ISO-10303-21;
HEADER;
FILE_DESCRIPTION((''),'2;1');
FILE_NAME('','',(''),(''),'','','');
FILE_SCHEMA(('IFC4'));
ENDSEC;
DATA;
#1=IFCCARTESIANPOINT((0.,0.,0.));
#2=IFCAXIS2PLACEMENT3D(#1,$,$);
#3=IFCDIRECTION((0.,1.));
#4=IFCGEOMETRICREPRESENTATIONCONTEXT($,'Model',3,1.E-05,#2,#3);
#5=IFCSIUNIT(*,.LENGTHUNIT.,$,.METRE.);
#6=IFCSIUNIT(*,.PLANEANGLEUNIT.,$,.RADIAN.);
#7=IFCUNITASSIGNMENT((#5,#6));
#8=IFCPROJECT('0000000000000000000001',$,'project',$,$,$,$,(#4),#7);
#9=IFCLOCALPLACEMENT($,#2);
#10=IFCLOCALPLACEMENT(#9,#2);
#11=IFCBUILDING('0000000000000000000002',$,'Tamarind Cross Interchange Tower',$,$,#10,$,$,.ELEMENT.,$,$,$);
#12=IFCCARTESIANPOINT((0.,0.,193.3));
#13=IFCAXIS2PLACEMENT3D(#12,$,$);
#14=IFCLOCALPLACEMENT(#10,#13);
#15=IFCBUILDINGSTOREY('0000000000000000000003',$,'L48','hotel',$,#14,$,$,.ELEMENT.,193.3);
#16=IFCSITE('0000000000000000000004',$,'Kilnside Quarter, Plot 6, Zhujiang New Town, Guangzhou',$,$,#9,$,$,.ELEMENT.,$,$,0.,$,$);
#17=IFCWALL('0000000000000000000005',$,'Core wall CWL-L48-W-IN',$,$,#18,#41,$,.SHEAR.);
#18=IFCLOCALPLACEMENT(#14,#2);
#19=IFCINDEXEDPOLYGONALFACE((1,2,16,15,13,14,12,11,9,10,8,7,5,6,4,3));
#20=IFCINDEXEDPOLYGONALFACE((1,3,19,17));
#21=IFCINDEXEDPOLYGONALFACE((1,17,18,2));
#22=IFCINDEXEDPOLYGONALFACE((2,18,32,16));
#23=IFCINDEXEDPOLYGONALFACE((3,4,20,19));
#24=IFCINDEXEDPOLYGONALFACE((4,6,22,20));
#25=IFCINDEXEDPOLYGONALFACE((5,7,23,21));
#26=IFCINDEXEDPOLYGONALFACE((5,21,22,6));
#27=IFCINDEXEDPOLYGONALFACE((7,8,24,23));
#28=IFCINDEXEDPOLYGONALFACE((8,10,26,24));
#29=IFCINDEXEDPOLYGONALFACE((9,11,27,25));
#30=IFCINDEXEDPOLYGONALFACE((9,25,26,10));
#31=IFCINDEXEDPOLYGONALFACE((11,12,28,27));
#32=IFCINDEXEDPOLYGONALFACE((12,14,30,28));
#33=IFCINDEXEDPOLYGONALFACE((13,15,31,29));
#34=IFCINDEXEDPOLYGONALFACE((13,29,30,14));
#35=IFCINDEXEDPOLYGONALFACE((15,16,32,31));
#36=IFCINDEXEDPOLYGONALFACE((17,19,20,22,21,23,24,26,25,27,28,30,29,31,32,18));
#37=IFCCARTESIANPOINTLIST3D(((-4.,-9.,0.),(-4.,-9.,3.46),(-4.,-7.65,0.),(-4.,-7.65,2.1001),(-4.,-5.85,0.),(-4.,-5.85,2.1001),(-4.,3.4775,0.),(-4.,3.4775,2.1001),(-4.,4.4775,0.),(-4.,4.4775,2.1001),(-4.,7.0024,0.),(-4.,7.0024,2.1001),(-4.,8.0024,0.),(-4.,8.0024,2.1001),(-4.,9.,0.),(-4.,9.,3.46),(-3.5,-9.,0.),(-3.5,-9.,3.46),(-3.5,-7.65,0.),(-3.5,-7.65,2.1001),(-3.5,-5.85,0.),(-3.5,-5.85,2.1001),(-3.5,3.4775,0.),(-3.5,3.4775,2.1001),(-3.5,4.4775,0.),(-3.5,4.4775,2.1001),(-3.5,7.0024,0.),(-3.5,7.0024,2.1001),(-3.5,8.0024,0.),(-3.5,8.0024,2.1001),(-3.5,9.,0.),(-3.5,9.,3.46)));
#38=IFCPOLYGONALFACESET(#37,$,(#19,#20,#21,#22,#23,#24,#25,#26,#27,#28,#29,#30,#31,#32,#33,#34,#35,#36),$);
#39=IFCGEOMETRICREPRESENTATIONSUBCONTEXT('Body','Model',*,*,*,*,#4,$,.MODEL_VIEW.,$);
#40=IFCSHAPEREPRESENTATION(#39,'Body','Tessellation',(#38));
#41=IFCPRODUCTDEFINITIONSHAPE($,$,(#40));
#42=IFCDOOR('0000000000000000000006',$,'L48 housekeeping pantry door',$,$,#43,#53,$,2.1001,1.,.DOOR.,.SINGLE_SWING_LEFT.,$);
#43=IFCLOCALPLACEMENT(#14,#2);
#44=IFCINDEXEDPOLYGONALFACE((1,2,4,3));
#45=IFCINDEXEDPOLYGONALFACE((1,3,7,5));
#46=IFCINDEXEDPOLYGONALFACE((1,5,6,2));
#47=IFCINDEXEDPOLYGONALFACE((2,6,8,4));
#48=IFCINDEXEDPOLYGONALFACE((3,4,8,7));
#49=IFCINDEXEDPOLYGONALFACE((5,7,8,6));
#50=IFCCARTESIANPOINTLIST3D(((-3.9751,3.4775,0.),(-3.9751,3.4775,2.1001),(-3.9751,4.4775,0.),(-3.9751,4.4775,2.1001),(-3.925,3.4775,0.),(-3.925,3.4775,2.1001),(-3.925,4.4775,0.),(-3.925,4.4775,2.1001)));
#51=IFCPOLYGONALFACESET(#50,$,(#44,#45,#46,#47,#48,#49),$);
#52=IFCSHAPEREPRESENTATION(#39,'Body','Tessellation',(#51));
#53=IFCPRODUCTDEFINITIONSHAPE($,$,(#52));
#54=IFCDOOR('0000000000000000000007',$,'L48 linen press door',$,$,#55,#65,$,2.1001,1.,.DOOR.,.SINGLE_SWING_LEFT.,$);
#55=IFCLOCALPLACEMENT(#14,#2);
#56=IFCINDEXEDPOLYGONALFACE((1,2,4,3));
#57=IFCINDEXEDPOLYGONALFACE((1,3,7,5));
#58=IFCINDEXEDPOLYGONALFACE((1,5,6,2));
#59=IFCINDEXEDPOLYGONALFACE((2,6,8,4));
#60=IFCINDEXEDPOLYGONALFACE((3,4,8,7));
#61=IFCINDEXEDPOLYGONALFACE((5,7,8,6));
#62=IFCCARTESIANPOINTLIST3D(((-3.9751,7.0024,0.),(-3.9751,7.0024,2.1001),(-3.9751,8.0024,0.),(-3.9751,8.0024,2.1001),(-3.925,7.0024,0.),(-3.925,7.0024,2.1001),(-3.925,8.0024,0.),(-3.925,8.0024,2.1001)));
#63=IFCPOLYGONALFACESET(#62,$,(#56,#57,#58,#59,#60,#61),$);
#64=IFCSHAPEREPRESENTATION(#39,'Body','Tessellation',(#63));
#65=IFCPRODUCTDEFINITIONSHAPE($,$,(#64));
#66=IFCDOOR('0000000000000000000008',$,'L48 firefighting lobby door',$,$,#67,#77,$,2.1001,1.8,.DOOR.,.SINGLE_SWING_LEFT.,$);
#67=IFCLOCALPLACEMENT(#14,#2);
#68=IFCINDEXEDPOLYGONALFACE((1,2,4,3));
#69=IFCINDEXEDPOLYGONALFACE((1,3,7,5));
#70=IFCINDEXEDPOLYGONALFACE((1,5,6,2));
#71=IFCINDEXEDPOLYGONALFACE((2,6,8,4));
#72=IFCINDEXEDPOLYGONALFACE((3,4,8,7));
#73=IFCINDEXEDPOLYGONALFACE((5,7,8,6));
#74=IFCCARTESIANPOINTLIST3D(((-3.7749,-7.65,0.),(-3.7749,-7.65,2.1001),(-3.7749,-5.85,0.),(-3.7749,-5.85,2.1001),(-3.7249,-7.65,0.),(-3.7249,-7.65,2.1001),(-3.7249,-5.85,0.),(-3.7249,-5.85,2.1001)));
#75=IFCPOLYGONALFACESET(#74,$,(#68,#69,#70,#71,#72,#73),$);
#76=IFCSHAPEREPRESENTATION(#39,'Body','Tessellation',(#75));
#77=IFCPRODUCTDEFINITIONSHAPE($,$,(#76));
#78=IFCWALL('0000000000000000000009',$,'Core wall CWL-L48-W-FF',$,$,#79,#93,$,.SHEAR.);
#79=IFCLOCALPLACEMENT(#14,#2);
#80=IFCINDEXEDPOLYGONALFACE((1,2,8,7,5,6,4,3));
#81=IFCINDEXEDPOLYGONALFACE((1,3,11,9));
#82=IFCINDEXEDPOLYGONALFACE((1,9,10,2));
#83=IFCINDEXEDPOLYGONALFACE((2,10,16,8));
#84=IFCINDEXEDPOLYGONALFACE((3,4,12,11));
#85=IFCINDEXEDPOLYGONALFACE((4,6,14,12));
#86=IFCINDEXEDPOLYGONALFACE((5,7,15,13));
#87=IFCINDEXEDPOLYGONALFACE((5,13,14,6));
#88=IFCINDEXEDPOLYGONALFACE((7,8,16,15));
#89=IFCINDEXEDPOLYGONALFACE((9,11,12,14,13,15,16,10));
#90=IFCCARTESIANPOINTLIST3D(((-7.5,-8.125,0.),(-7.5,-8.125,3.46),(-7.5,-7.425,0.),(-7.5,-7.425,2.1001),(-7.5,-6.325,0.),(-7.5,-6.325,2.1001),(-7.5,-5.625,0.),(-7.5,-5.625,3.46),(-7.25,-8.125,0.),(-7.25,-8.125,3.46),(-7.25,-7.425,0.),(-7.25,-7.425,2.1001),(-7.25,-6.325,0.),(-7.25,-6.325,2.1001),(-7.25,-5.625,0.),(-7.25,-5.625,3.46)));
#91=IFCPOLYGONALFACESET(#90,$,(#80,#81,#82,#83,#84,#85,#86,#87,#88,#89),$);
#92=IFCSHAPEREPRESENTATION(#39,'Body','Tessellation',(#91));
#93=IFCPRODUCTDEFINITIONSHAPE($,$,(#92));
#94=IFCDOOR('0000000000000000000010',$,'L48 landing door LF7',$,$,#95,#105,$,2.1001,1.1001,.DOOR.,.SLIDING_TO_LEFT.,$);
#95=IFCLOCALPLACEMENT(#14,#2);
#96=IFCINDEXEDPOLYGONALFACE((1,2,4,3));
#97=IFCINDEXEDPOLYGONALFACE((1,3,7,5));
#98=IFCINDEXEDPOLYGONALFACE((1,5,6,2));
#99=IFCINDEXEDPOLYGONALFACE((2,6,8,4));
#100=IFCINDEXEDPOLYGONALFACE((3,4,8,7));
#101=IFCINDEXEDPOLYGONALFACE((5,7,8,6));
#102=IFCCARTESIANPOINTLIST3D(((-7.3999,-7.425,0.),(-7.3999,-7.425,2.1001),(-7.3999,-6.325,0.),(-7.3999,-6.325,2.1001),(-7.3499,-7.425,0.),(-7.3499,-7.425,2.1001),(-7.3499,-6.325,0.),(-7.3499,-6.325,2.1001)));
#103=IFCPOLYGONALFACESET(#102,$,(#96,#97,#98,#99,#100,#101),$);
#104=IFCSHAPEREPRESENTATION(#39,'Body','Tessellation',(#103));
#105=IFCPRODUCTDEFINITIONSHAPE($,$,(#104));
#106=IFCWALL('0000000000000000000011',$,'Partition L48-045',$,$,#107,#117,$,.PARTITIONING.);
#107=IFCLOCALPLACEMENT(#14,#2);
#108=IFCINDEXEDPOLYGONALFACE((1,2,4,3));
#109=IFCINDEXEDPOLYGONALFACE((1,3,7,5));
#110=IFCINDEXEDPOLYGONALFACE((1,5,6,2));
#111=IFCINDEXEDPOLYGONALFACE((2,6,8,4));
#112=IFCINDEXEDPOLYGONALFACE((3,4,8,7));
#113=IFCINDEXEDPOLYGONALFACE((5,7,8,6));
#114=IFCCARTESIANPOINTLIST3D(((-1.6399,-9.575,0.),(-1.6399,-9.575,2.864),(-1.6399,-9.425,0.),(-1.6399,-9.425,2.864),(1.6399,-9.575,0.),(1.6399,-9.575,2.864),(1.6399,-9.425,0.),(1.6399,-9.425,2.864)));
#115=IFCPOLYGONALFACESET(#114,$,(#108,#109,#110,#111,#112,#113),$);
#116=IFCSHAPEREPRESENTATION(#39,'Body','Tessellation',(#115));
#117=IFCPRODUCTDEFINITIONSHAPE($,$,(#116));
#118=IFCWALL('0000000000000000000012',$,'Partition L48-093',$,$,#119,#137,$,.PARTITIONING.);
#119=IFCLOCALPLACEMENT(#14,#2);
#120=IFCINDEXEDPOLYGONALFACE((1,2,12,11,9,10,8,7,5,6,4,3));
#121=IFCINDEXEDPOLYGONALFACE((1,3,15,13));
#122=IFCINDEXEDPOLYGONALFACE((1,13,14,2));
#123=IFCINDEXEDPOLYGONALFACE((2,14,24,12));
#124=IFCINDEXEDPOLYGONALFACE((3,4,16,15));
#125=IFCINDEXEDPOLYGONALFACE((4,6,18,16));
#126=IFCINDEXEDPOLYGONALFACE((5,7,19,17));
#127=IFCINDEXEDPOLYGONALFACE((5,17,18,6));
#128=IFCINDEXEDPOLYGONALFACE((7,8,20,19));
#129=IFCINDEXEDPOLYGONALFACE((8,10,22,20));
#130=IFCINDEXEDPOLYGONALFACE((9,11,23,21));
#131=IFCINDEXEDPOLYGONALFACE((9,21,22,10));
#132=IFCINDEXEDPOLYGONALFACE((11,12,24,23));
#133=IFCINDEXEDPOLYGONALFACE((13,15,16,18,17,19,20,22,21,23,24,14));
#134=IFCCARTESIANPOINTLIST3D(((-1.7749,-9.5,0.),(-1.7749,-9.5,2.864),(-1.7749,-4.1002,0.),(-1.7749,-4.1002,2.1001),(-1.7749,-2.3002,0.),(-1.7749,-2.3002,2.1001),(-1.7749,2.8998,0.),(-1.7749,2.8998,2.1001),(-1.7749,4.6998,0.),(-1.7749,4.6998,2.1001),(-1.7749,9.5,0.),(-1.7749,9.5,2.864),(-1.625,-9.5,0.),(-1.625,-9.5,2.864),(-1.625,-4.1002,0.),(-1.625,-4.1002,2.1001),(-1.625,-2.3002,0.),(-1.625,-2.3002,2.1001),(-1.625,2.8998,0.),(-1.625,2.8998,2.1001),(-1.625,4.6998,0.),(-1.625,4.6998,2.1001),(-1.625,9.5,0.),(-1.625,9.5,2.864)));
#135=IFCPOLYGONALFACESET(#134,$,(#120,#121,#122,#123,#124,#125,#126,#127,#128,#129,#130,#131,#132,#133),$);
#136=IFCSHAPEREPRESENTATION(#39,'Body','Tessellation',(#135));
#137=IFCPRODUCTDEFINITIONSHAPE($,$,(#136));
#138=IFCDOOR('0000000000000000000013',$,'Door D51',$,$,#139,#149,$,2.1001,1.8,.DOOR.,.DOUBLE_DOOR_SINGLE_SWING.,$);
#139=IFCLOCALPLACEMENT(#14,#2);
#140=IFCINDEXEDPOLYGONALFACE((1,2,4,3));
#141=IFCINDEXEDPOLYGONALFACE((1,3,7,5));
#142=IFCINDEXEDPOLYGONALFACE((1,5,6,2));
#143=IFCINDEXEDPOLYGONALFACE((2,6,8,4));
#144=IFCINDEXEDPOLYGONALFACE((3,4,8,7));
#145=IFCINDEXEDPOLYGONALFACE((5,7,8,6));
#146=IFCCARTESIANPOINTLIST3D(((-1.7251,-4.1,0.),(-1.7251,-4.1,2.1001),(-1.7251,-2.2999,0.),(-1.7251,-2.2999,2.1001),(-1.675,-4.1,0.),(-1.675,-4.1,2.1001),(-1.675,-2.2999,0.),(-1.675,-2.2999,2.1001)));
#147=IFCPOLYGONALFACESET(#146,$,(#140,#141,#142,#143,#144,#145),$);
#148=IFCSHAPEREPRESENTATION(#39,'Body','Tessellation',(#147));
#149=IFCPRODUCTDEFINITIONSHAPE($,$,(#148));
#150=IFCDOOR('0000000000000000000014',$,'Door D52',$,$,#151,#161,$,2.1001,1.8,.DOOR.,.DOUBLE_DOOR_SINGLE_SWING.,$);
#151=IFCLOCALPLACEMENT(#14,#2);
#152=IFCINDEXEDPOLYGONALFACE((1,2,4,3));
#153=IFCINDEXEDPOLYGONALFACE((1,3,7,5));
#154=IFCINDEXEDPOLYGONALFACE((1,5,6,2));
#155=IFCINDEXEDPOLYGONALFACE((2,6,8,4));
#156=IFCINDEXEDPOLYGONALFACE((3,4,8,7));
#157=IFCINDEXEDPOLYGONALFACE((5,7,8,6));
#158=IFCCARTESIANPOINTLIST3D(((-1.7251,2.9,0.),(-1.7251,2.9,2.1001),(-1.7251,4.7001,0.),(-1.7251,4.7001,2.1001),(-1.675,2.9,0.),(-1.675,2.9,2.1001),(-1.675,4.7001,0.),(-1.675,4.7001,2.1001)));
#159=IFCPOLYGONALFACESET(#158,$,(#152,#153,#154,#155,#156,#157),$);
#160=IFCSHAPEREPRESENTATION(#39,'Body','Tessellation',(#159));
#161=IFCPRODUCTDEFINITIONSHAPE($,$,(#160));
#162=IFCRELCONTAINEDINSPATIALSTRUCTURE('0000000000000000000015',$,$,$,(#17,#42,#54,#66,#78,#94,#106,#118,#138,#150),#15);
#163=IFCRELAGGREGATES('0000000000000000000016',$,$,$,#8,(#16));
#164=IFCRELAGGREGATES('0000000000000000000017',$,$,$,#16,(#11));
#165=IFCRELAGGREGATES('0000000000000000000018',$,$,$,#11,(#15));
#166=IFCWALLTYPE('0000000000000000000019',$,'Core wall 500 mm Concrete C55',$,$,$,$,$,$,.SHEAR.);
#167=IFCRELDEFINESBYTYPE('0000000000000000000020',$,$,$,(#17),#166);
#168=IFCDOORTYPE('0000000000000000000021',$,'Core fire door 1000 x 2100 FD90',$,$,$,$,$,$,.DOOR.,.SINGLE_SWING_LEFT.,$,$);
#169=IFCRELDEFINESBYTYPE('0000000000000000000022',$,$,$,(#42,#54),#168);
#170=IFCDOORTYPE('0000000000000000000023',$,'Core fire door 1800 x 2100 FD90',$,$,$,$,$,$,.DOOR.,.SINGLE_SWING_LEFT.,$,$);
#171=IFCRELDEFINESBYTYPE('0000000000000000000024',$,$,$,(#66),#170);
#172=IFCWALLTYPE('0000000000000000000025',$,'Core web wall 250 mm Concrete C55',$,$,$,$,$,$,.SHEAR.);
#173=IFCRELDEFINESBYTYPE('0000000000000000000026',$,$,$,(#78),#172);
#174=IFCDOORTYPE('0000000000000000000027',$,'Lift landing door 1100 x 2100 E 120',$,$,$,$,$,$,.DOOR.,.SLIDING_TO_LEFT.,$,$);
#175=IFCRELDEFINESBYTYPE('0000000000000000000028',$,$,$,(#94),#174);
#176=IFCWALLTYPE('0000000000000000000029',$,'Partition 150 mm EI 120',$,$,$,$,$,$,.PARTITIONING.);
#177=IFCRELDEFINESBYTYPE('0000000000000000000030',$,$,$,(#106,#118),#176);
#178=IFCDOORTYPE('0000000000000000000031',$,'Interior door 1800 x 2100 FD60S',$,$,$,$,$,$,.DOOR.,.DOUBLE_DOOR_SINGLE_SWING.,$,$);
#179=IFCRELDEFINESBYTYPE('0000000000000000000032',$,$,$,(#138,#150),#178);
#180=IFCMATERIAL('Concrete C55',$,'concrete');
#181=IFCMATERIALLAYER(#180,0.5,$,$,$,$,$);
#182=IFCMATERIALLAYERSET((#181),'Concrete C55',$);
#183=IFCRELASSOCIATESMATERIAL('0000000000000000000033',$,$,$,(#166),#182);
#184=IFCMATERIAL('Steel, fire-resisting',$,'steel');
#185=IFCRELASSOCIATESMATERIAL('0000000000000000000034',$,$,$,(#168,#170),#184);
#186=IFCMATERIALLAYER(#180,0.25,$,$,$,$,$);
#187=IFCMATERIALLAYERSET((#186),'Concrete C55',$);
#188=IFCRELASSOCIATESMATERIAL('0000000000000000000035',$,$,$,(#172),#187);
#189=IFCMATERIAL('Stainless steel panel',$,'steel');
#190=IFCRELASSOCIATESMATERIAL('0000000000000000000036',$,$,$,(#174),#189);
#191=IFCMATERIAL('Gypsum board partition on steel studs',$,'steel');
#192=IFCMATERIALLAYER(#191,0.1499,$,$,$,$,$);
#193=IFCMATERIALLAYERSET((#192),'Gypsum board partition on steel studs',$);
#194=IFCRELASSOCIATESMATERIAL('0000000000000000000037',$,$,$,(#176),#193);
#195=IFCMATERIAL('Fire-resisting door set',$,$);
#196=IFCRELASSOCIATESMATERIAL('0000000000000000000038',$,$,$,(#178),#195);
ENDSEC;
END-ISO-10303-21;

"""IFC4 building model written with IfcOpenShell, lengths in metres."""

from ifc_helpers import new_model, si_unit, direction, frame, frame_2d, origin, place, context, subcontext, project, spatial, rectangle, extrude, material, layer, layer_set, type_object, element, fill, save


model = new_model("IFC4")

# Units and contexts
model_context = context("Model", 3, precision=1e-05, world=origin(), true_north=direction((0.0, 1.0)))
body_context = subcontext(model_context, "Body", "Model", "MODEL_VIEW")
ifc_project = project(units=[si_unit("LENGTHUNIT", "METRE"), si_unit("PLANEANGLEUNIT", "RADIAN")], contexts=[model_context])

# Site, building, storey
site_placement = place(None, origin())
site = spatial("IfcSite", under=ifc_project, at=site_placement, Name="Kilnside Quarter, Plot 6, Zhujiang New Town, Guangzhou", CompositionType="ELEMENT", RefElevation=0.0)
building_placement = place(site_placement, origin())
building = spatial("IfcBuilding", under=site, at=building_placement, Name="Tamarind Cross Interchange Tower", CompositionType="ELEMENT")
storey_placement = place(building_placement, frame((0.0, 0.0, 193.3)))
storey = spatial("IfcBuildingStorey", under=building, at=storey_placement, Name="L48", Description="hotel", CompositionType="ELEMENT", Elevation=193.3)

# Wall, openings, doors
ifc_material_1 = material(Name="Concrete C55", Category="concrete")
ifc_layer_1 = layer(ifc_material_1, 0.5)
ifc_layer_set_1 = layer_set([ifc_layer_1], Name="Concrete C55")
wall_type_1 = type_object("IfcWallType", Name="Core wall 500 mm Concrete C55", PredefinedType="SHEAR", material=ifc_layer_set_1)
wall_1_placement = place(storey_placement, frame((-3.75, -9.0, 0.0), z_axis=(0.0, 0.0, 1.0), x_axis=(0.0, 1.0, 0.0)))
wall_1 = element("IfcWall", 1, at=wall_1_placement, inside=storey, type_object=wall_type_1, Name="Core wall CWL-L48-W-IN", PredefinedType="SHEAR", context=body_context, shape_type="SweptSolid", body=[
    extrude(rectangle(XDim=18.0, YDim=0.5, at=frame_2d((9.0, 0.0))), origin(), (0.0, 0.0, 1.0), 3.46),
])
opening_1_placement = place(wall_1_placement, frame((1.3501, 0.0, 0.0)))
opening_1 = element("IfcOpeningElement", 2, at=opening_1_placement, cuts=wall_1, PredefinedType="OPENING", context=body_context, shape_type="SweptSolid", body=[
    extrude(rectangle(XDim=1.8, YDim=2.1001, at=frame_2d((0.8999, 1.05))), frame((0.0, 0.26, 0.0), z_axis=(0.0, -1.0, 0.0), x_axis=(1.0, 0.0, 0.0)), (0.0, 0.0, 1.0), 0.52),
])
opening_2_placement = place(wall_1_placement, frame((12.4775, 0.0, 0.0)))
opening_2 = element("IfcOpeningElement", 3, at=opening_2_placement, cuts=wall_1, PredefinedType="OPENING", context=body_context, shape_type="SweptSolid", body=[
    extrude(rectangle(XDim=1.0, YDim=2.1001, at=frame_2d((0.5, 1.05))), frame((0.0, 0.26, 0.0), z_axis=(0.0, -1.0, 0.0), x_axis=(1.0, 0.0, 0.0)), (0.0, 0.0, 1.0), 0.52),
])
opening_3_placement = place(wall_1_placement, frame((16.0024, 0.0, 0.0)))
opening_3 = element("IfcOpeningElement", 4, at=opening_3_placement, cuts=wall_1, PredefinedType="OPENING", context=body_context, shape_type="SweptSolid", body=[
    extrude(rectangle(XDim=1.0, YDim=2.1001, at=frame_2d((0.5, 1.05))), frame((0.0, 0.26, 0.0), z_axis=(0.0, -1.0, 0.0), x_axis=(1.0, 0.0, 0.0)), (0.0, 0.0, 1.0), 0.52),
])
ifc_material_2 = material(Name="Steel, fire-resisting", Category="steel")
door_type_1 = type_object("IfcDoorType", Name="Core fire door 1000 x 2100 FD90", OperationType="SINGLE_SWING_LEFT", PredefinedType="DOOR", material=ifc_material_2)
door_1_placement = place(opening_2_placement, origin())
door_1 = element("IfcDoor", 5, at=door_1_placement, inside=storey, type_object=door_type_1, Name="L48 housekeeping pantry door", OperationType="SINGLE_SWING_LEFT", OverallHeight=2.1001, OverallWidth=1.0, PredefinedType="DOOR", context=body_context, shape_type="SweptSolid", body=[
    extrude(rectangle(XDim=1.0, YDim=2.1001, at=frame_2d((0.5, 1.05))), frame((0.0, 0.2251, 0.0), z_axis=(0.0, -1.0, 0.0), x_axis=(1.0, 0.0, 0.0)), (0.0, 0.0, 1.0), 0.05),
])
fill(opening_2, door_1)
door_2_placement = place(opening_3_placement, origin())
door_2 = element("IfcDoor", 6, at=door_2_placement, inside=storey, type_object=door_type_1, Name="L48 linen press door", OperationType="SINGLE_SWING_LEFT", OverallHeight=2.1001, OverallWidth=1.0, PredefinedType="DOOR", context=body_context, shape_type="SweptSolid", body=[
    extrude(rectangle(XDim=1.0, YDim=2.1001, at=frame_2d((0.5, 1.05))), frame((0.0, 0.2251, 0.0), z_axis=(0.0, -1.0, 0.0), x_axis=(1.0, 0.0, 0.0)), (0.0, 0.0, 1.0), 0.05),
])
fill(opening_3, door_2)
door_type_2 = type_object("IfcDoorType", Name="Core fire door 1800 x 2100 FD90", OperationType="SINGLE_SWING_LEFT", PredefinedType="DOOR", material=ifc_material_2)
door_3_placement = place(opening_1_placement, origin())
door_3 = element("IfcDoor", 7, at=door_3_placement, inside=storey, type_object=door_type_2, Name="L48 firefighting lobby door", OperationType="SINGLE_SWING_LEFT", OverallHeight=2.1001, OverallWidth=1.8, PredefinedType="DOOR", context=body_context, shape_type="SweptSolid", body=[
    extrude(rectangle(XDim=1.8, YDim=2.1001, at=frame_2d((0.8999, 1.05))), frame((0.0, 0.0249, 0.0), z_axis=(0.0, -1.0, 0.0), x_axis=(1.0, 0.0, 0.0)), (0.0, 0.0, 1.0), 0.05),
])
fill(opening_1, door_3)

# Wall, opening, door
ifc_layer_2 = layer(ifc_material_1, 0.25)
ifc_layer_set_2 = layer_set([ifc_layer_2], Name="Concrete C55")
wall_type_2 = type_object("IfcWallType", Name="Core web wall 250 mm Concrete C55", PredefinedType="SHEAR", material=ifc_layer_set_2)
wall_2_placement = place(storey_placement, frame((-7.375, -8.125, 0.0), z_axis=(0.0, 0.0, 1.0), x_axis=(0.0, 1.0, 0.0)))
wall_2 = element("IfcWall", 8, at=wall_2_placement, inside=storey, type_object=wall_type_2, Name="Core wall CWL-L48-W-FF", PredefinedType="SHEAR", context=body_context, shape_type="SweptSolid", body=[
    extrude(rectangle(XDim=2.5, YDim=0.25, at=frame_2d((1.25, 0.0))), origin(), (0.0, 0.0, 1.0), 3.46),
])
opening_4_placement = place(wall_2_placement, frame((0.7, 0.0, 0.0)))
opening_4 = element("IfcOpeningElement", 9, at=opening_4_placement, cuts=wall_2, PredefinedType="OPENING", context=body_context, shape_type="SweptSolid", body=[
    extrude(rectangle(XDim=1.1001, YDim=2.1001, at=frame_2d((0.55, 1.05))), frame((0.0, 0.135, 0.0), z_axis=(0.0, -1.0, 0.0), x_axis=(1.0, 0.0, 0.0)), (0.0, 0.0, 1.0), 0.27),
])
ifc_material_3 = material(Name="Stainless steel panel", Category="steel")
door_type_3 = type_object("IfcDoorType", Name="Lift landing door 1100 x 2100 E 120", OperationType="SLIDING_TO_LEFT", PredefinedType="DOOR", material=ifc_material_3)
door_4_placement = place(opening_4_placement, origin())
door_4 = element("IfcDoor", 10, at=door_4_placement, inside=storey, type_object=door_type_3, Name="L48 landing door LF7", OperationType="SLIDING_TO_LEFT", OverallHeight=2.1001, OverallWidth=1.1001, PredefinedType="DOOR", context=body_context, shape_type="SweptSolid", body=[
    extrude(rectangle(XDim=1.1001, YDim=2.1001, at=frame_2d((0.55, 1.05))), frame((0.0, 0.0249, 0.0), z_axis=(0.0, -1.0, 0.0), x_axis=(1.0, 0.0, 0.0)), (0.0, 0.0, 1.0), 0.05),
])
fill(opening_4, door_4)

# Wall
ifc_material_4 = material(Name="Gypsum board partition on steel studs", Category="steel")
ifc_layer_3 = layer(ifc_material_4, 0.1499)
ifc_layer_set_3 = layer_set([ifc_layer_3], Name="Gypsum board partition on steel studs")
wall_type_3 = type_object("IfcWallType", Name="Partition 150 mm EI 120", PredefinedType="PARTITIONING", material=ifc_layer_set_3)
wall_3_placement = place(storey_placement, frame((-1.6399, -9.5, 0.0), z_axis=(0.0, 0.0, 1.0), x_axis=(1.0, 0.0, 0.0)))
element("IfcWall", 11, at=wall_3_placement, inside=storey, type_object=wall_type_3, Name="Partition L48-045", PredefinedType="PARTITIONING", context=body_context, shape_type="SweptSolid", body=[
    extrude(rectangle(XDim=3.2798, YDim=0.1499, at=frame_2d((1.6399, 0.0))), origin(), (0.0, 0.0, 1.0), 2.864),
])

# Wall, openings, doors
wall_4_placement = place(storey_placement, frame((-1.7, -9.5, 0.0), z_axis=(0.0, 0.0, 1.0), x_axis=(0.0, 1.0, 0.0)))
wall_4 = element("IfcWall", 12, at=wall_4_placement, inside=storey, type_object=wall_type_3, Name="Partition L48-093", PredefinedType="PARTITIONING", context=body_context, shape_type="SweptSolid", body=[
    extrude(rectangle(XDim=19.0, YDim=0.1499, at=frame_2d((9.5, 0.0))), origin(), (0.0, 0.0, 1.0), 2.864),
])
opening_5_placement = place(wall_4_placement, frame((5.3999, 0.0, 0.0)))
opening_5 = element("IfcOpeningElement", 13, at=opening_5_placement, cuts=wall_4, PredefinedType="OPENING", context=body_context, shape_type="SweptSolid", body=[
    extrude(rectangle(XDim=1.8, YDim=2.1001, at=frame_2d((0.8999, 1.05))), frame((0.0, 0.085, 0.0), z_axis=(0.0, -1.0, 0.0), x_axis=(1.0, 0.0, 0.0)), (0.0, 0.0, 1.0), 0.1699),
])
opening_6_placement = place(wall_4_placement, frame((12.3999, 0.0, 0.0)))
opening_6 = element("IfcOpeningElement", 14, at=opening_6_placement, cuts=wall_4, PredefinedType="OPENING", context=body_context, shape_type="SweptSolid", body=[
    extrude(rectangle(XDim=1.8, YDim=2.1001, at=frame_2d((0.8999, 1.05))), frame((0.0, 0.085, 0.0), z_axis=(0.0, -1.0, 0.0), x_axis=(1.0, 0.0, 0.0)), (0.0, 0.0, 1.0), 0.1699),
])
ifc_material_5 = material(Name="Fire-resisting door set")
door_type_4 = type_object("IfcDoorType", Name="Interior door 1800 x 2100 FD60S", OperationType="DOUBLE_DOOR_SINGLE_SWING", PredefinedType="DOOR", material=ifc_material_5)
door_5_placement = place(opening_5_placement, frame((1.8, 0.0, 0.0), z_axis=(0.0, 0.0, 1.0), x_axis=(-1.0, 0.0, 0.0)))
door_5 = element("IfcDoor", 15, at=door_5_placement, inside=storey, type_object=door_type_4, Name="Door D51", OperationType="DOUBLE_DOOR_SINGLE_SWING", OverallHeight=2.1001, OverallWidth=1.8, PredefinedType="DOOR", context=body_context, shape_type="SweptSolid", body=[
    extrude(rectangle(XDim=1.8, YDim=2.1001, at=frame_2d((0.8999, 1.05))), frame((0.0, 0.0249, 0.0), z_axis=(0.0, -1.0, 0.0), x_axis=(1.0, 0.0, 0.0)), (0.0, 0.0, 1.0), 0.05),
])
fill(opening_5, door_5)
door_6_placement = place(opening_6_placement, frame((1.8, 0.0, 0.0), z_axis=(0.0, 0.0, 1.0), x_axis=(-1.0, 0.0, 0.0)))
door_6 = element("IfcDoor", 16, at=door_6_placement, inside=storey, type_object=door_type_4, Name="Door D52", OperationType="DOUBLE_DOOR_SINGLE_SWING", OverallHeight=2.1001, OverallWidth=1.8, PredefinedType="DOOR", context=body_context, shape_type="SweptSolid", body=[
    extrude(rectangle(XDim=1.8, YDim=2.1001, at=frame_2d((0.8999, 1.05))), frame((0.0, 0.0249, 0.0), z_axis=(0.0, -1.0, 0.0), x_axis=(1.0, 0.0, 0.0)), (0.0, 0.0, 1.0), 0.05),
])
fill(opening_6, door_6)

save(model, "model.ifc")
